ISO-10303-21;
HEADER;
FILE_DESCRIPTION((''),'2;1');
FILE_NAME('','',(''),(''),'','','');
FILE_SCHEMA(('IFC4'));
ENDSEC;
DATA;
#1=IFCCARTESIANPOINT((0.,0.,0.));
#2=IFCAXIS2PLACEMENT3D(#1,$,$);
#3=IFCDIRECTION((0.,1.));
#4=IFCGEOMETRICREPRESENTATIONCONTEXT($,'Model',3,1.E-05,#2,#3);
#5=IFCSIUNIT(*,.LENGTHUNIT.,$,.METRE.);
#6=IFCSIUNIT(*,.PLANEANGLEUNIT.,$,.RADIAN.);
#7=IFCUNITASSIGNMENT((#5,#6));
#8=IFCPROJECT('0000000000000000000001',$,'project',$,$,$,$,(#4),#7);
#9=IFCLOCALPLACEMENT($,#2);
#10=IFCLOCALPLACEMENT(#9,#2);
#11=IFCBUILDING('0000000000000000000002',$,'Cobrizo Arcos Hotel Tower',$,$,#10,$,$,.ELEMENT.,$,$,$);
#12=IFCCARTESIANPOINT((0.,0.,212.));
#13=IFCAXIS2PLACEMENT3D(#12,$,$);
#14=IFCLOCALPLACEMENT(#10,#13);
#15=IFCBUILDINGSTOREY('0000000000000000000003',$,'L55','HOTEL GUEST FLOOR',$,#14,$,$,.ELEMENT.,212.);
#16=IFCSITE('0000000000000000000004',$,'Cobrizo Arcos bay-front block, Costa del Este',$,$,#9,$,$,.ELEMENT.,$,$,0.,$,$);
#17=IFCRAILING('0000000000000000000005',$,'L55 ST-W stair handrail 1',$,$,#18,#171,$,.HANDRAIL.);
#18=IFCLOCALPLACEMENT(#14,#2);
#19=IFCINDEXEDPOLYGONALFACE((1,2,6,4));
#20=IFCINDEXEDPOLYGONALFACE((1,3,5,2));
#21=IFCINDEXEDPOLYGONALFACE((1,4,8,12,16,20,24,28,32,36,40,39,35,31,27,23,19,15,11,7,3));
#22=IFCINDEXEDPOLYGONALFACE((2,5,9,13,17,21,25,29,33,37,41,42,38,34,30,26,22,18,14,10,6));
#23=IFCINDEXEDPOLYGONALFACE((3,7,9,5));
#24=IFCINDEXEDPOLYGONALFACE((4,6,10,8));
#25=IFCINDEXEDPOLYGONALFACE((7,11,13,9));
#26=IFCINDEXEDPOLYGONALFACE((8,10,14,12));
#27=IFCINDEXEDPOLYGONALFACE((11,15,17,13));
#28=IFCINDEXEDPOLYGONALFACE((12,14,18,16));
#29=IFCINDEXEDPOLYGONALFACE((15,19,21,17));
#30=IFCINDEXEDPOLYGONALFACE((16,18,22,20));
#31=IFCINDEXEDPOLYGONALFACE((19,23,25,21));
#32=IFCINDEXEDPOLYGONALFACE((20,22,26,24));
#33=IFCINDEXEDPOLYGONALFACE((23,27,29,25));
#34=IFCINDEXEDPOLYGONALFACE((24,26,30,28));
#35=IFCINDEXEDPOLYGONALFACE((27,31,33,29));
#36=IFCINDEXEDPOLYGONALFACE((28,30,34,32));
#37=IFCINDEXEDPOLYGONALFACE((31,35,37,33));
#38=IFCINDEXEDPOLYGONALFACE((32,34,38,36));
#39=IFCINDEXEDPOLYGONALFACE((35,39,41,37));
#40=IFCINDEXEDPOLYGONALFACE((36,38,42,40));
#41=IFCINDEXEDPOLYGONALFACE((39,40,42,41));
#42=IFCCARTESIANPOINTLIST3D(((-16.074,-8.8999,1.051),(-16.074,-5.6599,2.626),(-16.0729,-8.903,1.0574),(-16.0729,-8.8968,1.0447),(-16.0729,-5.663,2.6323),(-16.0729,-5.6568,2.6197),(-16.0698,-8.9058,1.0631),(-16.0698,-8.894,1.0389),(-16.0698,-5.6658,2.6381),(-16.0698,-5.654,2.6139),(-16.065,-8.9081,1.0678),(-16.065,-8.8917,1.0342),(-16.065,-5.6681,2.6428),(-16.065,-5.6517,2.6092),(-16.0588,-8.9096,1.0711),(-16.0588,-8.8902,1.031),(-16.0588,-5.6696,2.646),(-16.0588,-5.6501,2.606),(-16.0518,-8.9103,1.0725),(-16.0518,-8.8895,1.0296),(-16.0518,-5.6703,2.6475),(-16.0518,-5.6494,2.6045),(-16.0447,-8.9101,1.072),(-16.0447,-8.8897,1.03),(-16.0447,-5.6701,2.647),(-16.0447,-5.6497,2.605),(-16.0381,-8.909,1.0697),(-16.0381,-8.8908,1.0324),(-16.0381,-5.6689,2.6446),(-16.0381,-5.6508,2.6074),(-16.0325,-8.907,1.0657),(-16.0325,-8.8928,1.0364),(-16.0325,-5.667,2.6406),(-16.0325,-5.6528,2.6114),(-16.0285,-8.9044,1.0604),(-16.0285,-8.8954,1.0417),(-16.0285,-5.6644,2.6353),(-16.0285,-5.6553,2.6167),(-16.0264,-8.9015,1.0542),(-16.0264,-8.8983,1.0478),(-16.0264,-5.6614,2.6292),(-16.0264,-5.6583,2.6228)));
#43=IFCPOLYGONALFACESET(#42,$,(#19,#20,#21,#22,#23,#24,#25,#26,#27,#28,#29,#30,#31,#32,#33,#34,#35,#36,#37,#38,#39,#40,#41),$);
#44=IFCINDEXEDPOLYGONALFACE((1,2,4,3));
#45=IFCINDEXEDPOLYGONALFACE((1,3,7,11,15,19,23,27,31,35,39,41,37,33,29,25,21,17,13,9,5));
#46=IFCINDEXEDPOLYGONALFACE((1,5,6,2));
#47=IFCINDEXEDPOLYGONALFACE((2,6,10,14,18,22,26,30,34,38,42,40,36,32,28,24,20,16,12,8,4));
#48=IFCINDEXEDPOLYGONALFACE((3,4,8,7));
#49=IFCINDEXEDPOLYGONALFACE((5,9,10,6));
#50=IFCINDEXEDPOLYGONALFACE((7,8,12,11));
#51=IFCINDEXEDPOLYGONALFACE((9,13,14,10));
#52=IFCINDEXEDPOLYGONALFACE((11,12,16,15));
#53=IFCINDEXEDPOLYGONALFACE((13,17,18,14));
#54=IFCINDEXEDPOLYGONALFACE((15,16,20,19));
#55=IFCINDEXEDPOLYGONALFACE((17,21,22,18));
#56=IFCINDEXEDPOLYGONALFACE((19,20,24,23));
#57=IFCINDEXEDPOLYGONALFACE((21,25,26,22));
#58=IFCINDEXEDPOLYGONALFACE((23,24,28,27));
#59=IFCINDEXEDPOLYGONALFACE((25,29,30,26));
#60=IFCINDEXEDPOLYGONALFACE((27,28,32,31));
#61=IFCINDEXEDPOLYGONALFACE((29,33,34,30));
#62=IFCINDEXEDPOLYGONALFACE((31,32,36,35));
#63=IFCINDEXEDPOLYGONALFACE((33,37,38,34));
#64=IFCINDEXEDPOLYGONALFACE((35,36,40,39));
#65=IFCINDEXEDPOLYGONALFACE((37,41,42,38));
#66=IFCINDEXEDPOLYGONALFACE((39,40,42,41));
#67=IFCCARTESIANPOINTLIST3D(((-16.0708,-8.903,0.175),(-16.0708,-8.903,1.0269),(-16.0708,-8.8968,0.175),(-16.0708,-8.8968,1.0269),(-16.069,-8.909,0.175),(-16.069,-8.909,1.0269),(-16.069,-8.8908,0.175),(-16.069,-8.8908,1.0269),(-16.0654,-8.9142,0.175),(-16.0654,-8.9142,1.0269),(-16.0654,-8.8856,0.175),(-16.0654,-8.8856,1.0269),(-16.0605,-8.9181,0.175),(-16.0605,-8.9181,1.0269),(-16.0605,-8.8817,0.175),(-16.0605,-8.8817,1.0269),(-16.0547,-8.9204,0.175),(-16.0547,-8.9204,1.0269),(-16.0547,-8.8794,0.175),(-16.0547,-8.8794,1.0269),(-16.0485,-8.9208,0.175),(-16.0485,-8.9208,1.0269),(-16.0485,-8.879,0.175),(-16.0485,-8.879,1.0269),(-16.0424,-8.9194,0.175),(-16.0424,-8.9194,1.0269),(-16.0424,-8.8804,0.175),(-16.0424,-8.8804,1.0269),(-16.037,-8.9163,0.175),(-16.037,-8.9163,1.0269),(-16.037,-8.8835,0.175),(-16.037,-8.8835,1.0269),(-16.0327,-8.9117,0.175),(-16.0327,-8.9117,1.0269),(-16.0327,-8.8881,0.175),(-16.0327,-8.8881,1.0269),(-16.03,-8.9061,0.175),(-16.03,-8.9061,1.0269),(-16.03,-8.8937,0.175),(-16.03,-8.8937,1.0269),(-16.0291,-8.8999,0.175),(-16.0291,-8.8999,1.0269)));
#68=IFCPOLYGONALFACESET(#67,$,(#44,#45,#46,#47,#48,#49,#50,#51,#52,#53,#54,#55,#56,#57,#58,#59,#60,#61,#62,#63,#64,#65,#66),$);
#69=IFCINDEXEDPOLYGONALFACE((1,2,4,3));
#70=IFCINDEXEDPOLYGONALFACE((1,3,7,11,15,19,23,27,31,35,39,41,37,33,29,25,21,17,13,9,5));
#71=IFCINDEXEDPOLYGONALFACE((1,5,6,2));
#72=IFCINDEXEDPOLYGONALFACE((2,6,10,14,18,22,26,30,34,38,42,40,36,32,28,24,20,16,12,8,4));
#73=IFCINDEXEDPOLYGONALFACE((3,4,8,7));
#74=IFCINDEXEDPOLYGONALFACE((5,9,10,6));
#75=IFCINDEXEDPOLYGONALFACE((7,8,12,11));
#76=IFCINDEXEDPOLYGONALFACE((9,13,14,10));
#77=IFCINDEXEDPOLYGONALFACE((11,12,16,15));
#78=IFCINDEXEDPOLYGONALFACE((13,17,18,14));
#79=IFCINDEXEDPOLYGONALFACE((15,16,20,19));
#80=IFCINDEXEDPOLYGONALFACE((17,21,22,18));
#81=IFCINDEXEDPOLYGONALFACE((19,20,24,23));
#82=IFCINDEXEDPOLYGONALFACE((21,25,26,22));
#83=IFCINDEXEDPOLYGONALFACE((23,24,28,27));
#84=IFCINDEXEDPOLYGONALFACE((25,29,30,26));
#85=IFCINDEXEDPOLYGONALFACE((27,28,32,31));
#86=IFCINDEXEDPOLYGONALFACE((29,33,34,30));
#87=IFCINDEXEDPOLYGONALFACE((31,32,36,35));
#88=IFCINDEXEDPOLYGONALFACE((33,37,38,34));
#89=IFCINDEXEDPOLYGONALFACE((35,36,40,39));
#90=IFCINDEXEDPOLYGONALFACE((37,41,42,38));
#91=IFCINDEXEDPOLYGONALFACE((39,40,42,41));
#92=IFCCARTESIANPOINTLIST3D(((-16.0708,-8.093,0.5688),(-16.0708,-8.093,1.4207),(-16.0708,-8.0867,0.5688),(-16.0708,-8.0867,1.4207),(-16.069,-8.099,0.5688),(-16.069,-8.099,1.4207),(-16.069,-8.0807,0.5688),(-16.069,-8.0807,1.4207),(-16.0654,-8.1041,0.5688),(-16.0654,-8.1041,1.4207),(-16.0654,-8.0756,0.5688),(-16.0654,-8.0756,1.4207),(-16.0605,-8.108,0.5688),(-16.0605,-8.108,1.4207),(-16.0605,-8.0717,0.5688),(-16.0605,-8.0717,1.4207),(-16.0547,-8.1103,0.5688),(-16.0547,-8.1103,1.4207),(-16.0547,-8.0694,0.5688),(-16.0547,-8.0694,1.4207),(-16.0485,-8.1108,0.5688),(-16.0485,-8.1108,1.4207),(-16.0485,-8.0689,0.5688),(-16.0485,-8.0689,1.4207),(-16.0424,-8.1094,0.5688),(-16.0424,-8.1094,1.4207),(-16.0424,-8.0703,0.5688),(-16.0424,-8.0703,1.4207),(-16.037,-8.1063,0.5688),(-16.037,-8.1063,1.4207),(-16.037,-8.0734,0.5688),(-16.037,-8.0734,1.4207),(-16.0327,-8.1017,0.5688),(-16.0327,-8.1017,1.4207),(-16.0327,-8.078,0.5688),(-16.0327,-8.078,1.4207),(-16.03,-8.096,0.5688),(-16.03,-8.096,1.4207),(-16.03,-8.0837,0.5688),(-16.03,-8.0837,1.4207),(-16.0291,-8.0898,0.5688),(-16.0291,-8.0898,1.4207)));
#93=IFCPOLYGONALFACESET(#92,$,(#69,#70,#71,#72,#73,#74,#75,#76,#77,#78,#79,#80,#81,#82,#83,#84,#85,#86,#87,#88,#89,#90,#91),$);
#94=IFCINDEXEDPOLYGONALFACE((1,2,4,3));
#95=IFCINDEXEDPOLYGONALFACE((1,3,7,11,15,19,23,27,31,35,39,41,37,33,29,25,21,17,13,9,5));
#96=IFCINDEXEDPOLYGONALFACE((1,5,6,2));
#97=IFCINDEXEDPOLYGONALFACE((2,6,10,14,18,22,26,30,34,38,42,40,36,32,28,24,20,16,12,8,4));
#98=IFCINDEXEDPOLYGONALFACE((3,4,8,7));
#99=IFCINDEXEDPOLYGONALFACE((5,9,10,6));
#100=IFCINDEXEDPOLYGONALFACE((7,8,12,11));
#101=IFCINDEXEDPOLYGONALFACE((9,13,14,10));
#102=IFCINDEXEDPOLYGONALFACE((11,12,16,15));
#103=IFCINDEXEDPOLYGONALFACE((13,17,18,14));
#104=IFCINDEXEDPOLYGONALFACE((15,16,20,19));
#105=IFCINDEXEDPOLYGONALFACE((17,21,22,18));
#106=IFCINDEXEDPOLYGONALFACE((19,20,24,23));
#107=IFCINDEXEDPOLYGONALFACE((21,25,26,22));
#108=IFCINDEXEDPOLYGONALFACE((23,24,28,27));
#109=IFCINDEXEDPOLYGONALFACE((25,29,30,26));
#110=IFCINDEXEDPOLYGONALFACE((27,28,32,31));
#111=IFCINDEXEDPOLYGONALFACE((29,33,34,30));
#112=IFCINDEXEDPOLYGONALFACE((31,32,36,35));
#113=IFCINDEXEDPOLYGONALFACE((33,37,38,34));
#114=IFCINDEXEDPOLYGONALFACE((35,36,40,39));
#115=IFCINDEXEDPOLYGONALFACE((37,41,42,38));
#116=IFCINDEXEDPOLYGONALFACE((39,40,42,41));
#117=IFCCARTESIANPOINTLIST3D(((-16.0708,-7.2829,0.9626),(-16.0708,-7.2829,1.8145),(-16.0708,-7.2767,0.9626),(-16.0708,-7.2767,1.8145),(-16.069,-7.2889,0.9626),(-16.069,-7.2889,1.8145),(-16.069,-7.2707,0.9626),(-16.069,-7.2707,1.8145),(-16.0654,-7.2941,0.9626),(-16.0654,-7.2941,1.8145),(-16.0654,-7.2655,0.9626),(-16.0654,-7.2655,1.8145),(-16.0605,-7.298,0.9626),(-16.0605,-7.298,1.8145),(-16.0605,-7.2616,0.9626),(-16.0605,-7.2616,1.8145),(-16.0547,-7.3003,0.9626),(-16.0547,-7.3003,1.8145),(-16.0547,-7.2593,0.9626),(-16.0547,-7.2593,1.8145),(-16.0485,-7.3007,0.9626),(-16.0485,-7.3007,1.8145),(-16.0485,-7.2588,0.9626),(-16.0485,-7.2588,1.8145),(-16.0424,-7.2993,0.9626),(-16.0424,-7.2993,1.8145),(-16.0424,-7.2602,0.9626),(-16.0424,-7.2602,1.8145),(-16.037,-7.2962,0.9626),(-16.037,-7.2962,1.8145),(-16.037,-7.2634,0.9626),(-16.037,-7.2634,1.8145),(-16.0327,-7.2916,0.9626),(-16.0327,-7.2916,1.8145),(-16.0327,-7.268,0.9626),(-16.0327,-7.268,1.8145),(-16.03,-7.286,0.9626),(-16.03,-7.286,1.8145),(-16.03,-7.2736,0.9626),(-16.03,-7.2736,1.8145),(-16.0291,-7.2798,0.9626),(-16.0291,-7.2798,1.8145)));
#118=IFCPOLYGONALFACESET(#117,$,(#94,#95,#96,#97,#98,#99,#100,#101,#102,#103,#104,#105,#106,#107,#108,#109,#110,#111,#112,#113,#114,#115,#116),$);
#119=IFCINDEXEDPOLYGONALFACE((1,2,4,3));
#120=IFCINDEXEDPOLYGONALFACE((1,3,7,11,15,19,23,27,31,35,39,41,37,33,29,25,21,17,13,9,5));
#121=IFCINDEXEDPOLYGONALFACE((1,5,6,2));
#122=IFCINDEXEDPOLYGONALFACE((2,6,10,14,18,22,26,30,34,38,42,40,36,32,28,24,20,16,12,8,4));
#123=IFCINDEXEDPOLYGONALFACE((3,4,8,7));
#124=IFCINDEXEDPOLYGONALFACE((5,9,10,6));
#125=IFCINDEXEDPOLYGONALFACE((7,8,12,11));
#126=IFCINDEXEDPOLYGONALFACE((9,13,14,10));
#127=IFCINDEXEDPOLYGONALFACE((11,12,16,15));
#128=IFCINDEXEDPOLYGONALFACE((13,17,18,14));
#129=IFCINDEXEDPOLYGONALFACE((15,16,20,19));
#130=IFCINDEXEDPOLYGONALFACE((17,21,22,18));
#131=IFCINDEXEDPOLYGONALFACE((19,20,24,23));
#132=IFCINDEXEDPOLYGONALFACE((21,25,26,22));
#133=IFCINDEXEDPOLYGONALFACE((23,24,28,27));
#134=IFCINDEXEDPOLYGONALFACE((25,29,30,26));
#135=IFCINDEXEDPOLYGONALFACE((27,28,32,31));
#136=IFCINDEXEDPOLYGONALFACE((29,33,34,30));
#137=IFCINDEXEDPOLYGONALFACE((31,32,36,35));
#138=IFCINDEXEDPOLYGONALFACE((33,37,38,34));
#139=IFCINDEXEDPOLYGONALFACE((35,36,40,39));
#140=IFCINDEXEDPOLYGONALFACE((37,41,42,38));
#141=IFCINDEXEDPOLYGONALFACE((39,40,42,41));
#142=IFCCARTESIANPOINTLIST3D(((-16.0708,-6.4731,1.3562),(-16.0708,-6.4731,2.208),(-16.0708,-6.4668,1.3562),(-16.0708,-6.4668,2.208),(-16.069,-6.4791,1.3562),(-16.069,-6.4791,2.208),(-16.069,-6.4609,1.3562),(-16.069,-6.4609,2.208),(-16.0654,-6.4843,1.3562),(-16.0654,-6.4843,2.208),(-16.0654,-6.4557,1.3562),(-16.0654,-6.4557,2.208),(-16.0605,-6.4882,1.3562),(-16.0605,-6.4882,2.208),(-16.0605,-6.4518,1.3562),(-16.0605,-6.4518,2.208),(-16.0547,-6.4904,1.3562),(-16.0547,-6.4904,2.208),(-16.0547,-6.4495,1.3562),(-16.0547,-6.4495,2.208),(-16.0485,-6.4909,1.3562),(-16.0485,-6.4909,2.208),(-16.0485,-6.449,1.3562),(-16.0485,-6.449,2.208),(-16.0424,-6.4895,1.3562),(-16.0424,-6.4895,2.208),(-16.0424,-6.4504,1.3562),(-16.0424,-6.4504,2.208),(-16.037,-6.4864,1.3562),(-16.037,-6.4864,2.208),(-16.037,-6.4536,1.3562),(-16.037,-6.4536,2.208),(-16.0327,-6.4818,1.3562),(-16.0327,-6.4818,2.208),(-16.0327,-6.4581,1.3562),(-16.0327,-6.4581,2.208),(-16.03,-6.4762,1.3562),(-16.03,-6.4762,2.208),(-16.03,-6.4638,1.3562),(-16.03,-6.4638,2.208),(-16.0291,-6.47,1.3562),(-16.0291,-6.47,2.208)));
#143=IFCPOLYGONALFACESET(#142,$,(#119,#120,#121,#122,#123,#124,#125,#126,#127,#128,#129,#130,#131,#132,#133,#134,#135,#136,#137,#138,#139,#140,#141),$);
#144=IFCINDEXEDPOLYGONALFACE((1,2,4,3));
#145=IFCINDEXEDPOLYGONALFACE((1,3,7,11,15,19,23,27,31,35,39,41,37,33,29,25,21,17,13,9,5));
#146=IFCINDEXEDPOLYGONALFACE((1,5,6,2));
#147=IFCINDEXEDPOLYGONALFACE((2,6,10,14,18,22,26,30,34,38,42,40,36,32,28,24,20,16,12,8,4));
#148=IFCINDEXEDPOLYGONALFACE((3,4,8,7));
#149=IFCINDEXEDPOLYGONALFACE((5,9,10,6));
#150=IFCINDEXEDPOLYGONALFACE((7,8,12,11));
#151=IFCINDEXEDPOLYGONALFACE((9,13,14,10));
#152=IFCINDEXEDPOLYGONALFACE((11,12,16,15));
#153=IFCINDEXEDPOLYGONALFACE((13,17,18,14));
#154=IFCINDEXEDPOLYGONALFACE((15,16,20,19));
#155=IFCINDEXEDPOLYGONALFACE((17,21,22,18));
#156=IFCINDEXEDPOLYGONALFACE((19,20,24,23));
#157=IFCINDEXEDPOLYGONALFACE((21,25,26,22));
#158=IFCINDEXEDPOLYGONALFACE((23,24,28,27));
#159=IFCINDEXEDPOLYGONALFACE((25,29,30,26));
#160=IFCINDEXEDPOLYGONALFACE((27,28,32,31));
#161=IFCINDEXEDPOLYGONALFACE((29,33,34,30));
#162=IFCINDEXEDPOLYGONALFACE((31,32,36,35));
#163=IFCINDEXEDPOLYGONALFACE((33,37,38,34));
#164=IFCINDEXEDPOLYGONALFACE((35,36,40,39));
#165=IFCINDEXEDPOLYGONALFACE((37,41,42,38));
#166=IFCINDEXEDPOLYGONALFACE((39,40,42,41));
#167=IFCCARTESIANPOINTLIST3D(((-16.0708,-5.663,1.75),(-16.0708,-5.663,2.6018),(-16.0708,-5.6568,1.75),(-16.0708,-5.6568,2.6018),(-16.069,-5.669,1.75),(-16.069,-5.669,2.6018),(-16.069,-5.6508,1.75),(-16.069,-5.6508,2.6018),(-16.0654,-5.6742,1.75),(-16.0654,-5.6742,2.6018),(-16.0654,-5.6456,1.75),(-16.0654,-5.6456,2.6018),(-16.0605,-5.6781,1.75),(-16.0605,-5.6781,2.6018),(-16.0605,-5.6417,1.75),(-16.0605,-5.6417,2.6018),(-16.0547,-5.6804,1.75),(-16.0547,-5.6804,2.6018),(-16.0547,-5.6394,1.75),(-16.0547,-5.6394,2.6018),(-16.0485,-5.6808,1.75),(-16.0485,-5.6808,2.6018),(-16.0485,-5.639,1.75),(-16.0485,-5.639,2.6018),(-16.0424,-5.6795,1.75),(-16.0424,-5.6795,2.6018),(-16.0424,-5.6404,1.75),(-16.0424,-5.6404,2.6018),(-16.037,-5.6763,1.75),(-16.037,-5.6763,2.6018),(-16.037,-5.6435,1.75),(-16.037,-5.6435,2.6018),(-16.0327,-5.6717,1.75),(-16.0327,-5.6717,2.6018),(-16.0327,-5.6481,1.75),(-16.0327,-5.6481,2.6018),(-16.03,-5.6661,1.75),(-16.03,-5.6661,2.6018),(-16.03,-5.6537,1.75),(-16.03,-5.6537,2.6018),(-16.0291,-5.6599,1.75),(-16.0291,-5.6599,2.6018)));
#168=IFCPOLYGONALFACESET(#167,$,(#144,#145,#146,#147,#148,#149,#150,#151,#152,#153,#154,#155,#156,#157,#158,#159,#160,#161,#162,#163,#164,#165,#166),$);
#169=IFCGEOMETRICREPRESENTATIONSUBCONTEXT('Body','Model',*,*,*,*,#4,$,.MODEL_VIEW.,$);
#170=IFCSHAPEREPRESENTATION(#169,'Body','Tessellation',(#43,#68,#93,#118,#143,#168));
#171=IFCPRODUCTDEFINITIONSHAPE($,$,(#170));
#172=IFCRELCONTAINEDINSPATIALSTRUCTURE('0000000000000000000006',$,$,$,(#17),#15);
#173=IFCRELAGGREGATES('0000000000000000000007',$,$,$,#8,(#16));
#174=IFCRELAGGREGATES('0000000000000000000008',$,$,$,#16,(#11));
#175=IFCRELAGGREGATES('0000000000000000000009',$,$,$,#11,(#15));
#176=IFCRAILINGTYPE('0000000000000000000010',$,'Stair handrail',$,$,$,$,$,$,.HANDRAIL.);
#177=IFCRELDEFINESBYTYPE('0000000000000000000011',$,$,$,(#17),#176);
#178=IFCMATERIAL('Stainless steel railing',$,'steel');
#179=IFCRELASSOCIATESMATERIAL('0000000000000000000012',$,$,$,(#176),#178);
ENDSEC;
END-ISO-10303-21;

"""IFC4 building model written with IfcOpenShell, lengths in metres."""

from ifc_helpers import new_model, si_unit, direction, frame, origin, origin_2d, place, context, subcontext, project, spatial, circle, extrude, material, type_object, element, save


model = new_model("IFC4")

# Units and contexts
model_context = context("Model", 3, precision=1e-05, world=origin(), true_north=direction((0.0, 1.0)))
body_context = subcontext(model_context, "Body", "Model", "MODEL_VIEW")
ifc_project = project(units=[si_unit("LENGTHUNIT", "METRE"), si_unit("PLANEANGLEUNIT", "RADIAN")], contexts=[model_context])

# Site, building, storey
site_placement = place(None, origin())
site = spatial("IfcSite", under=ifc_project, at=site_placement, Name="Cobrizo Arcos bay-front block, Costa del Este", CompositionType="ELEMENT", RefElevation=0.0)
building_placement = place(site_placement, origin())
building = spatial("IfcBuilding", under=site, at=building_placement, Name="Cobrizo Arcos Hotel Tower", CompositionType="ELEMENT")
storey_placement = place(building_placement, frame((0.0, 0.0, 212.0)))
storey = spatial("IfcBuildingStorey", under=building, at=storey_placement, Name="L55", Description="HOTEL GUEST FLOOR", CompositionType="ELEMENT", Elevation=212.0)

# Railing
ifc_material_1 = material(Name="Stainless steel railing", Category="steel")
railing_type_1 = type_object("IfcRailingType", Name="Stair handrail", PredefinedType="HANDRAIL", material=ifc_material_1)
railing_1_placement = place(storey_placement, frame((-16.05, -8.8999, 0.175)))
element("IfcRailing", 1, at=railing_1_placement, inside=storey, type_object=railing_type_1, Name="L55 ST-W stair handrail 1", PredefinedType="HANDRAIL", context=body_context, shape_type="SweptSolid", body=[
    extrude(circle(Radius=0.0239, at=origin_2d()), frame((0.0, 0.0, 0.876), z_axis=(0.0, 0.899373, 0.437183), x_axis=(-1.0, 0.0, 0.0)), (0.0, 0.0, 1.0), 3.6025),
    extrude(circle(Radius=0.021, at=origin_2d()), origin(), (0.0, 0.0, 1.0), 0.8518),
    extrude(circle(Radius=0.021, at=origin_2d()), frame((0.0, 0.8101, 0.3938)), (0.0, 0.0, 1.0), 0.8518),
    extrude(circle(Radius=0.021, at=origin_2d()), frame((0.0, 1.6201, 0.7876)), (0.0, 0.0, 1.0), 0.8518),
    extrude(circle(Radius=0.021, at=origin_2d()), frame((0.0, 2.4299, 1.1812)), (0.0, 0.0, 1.0), 0.8518),
    extrude(circle(Radius=0.021, at=origin_2d()), frame((0.0, 3.24, 1.575)), (0.0, 0.0, 1.0), 0.8518),
])

save(model, "model.ifc")
